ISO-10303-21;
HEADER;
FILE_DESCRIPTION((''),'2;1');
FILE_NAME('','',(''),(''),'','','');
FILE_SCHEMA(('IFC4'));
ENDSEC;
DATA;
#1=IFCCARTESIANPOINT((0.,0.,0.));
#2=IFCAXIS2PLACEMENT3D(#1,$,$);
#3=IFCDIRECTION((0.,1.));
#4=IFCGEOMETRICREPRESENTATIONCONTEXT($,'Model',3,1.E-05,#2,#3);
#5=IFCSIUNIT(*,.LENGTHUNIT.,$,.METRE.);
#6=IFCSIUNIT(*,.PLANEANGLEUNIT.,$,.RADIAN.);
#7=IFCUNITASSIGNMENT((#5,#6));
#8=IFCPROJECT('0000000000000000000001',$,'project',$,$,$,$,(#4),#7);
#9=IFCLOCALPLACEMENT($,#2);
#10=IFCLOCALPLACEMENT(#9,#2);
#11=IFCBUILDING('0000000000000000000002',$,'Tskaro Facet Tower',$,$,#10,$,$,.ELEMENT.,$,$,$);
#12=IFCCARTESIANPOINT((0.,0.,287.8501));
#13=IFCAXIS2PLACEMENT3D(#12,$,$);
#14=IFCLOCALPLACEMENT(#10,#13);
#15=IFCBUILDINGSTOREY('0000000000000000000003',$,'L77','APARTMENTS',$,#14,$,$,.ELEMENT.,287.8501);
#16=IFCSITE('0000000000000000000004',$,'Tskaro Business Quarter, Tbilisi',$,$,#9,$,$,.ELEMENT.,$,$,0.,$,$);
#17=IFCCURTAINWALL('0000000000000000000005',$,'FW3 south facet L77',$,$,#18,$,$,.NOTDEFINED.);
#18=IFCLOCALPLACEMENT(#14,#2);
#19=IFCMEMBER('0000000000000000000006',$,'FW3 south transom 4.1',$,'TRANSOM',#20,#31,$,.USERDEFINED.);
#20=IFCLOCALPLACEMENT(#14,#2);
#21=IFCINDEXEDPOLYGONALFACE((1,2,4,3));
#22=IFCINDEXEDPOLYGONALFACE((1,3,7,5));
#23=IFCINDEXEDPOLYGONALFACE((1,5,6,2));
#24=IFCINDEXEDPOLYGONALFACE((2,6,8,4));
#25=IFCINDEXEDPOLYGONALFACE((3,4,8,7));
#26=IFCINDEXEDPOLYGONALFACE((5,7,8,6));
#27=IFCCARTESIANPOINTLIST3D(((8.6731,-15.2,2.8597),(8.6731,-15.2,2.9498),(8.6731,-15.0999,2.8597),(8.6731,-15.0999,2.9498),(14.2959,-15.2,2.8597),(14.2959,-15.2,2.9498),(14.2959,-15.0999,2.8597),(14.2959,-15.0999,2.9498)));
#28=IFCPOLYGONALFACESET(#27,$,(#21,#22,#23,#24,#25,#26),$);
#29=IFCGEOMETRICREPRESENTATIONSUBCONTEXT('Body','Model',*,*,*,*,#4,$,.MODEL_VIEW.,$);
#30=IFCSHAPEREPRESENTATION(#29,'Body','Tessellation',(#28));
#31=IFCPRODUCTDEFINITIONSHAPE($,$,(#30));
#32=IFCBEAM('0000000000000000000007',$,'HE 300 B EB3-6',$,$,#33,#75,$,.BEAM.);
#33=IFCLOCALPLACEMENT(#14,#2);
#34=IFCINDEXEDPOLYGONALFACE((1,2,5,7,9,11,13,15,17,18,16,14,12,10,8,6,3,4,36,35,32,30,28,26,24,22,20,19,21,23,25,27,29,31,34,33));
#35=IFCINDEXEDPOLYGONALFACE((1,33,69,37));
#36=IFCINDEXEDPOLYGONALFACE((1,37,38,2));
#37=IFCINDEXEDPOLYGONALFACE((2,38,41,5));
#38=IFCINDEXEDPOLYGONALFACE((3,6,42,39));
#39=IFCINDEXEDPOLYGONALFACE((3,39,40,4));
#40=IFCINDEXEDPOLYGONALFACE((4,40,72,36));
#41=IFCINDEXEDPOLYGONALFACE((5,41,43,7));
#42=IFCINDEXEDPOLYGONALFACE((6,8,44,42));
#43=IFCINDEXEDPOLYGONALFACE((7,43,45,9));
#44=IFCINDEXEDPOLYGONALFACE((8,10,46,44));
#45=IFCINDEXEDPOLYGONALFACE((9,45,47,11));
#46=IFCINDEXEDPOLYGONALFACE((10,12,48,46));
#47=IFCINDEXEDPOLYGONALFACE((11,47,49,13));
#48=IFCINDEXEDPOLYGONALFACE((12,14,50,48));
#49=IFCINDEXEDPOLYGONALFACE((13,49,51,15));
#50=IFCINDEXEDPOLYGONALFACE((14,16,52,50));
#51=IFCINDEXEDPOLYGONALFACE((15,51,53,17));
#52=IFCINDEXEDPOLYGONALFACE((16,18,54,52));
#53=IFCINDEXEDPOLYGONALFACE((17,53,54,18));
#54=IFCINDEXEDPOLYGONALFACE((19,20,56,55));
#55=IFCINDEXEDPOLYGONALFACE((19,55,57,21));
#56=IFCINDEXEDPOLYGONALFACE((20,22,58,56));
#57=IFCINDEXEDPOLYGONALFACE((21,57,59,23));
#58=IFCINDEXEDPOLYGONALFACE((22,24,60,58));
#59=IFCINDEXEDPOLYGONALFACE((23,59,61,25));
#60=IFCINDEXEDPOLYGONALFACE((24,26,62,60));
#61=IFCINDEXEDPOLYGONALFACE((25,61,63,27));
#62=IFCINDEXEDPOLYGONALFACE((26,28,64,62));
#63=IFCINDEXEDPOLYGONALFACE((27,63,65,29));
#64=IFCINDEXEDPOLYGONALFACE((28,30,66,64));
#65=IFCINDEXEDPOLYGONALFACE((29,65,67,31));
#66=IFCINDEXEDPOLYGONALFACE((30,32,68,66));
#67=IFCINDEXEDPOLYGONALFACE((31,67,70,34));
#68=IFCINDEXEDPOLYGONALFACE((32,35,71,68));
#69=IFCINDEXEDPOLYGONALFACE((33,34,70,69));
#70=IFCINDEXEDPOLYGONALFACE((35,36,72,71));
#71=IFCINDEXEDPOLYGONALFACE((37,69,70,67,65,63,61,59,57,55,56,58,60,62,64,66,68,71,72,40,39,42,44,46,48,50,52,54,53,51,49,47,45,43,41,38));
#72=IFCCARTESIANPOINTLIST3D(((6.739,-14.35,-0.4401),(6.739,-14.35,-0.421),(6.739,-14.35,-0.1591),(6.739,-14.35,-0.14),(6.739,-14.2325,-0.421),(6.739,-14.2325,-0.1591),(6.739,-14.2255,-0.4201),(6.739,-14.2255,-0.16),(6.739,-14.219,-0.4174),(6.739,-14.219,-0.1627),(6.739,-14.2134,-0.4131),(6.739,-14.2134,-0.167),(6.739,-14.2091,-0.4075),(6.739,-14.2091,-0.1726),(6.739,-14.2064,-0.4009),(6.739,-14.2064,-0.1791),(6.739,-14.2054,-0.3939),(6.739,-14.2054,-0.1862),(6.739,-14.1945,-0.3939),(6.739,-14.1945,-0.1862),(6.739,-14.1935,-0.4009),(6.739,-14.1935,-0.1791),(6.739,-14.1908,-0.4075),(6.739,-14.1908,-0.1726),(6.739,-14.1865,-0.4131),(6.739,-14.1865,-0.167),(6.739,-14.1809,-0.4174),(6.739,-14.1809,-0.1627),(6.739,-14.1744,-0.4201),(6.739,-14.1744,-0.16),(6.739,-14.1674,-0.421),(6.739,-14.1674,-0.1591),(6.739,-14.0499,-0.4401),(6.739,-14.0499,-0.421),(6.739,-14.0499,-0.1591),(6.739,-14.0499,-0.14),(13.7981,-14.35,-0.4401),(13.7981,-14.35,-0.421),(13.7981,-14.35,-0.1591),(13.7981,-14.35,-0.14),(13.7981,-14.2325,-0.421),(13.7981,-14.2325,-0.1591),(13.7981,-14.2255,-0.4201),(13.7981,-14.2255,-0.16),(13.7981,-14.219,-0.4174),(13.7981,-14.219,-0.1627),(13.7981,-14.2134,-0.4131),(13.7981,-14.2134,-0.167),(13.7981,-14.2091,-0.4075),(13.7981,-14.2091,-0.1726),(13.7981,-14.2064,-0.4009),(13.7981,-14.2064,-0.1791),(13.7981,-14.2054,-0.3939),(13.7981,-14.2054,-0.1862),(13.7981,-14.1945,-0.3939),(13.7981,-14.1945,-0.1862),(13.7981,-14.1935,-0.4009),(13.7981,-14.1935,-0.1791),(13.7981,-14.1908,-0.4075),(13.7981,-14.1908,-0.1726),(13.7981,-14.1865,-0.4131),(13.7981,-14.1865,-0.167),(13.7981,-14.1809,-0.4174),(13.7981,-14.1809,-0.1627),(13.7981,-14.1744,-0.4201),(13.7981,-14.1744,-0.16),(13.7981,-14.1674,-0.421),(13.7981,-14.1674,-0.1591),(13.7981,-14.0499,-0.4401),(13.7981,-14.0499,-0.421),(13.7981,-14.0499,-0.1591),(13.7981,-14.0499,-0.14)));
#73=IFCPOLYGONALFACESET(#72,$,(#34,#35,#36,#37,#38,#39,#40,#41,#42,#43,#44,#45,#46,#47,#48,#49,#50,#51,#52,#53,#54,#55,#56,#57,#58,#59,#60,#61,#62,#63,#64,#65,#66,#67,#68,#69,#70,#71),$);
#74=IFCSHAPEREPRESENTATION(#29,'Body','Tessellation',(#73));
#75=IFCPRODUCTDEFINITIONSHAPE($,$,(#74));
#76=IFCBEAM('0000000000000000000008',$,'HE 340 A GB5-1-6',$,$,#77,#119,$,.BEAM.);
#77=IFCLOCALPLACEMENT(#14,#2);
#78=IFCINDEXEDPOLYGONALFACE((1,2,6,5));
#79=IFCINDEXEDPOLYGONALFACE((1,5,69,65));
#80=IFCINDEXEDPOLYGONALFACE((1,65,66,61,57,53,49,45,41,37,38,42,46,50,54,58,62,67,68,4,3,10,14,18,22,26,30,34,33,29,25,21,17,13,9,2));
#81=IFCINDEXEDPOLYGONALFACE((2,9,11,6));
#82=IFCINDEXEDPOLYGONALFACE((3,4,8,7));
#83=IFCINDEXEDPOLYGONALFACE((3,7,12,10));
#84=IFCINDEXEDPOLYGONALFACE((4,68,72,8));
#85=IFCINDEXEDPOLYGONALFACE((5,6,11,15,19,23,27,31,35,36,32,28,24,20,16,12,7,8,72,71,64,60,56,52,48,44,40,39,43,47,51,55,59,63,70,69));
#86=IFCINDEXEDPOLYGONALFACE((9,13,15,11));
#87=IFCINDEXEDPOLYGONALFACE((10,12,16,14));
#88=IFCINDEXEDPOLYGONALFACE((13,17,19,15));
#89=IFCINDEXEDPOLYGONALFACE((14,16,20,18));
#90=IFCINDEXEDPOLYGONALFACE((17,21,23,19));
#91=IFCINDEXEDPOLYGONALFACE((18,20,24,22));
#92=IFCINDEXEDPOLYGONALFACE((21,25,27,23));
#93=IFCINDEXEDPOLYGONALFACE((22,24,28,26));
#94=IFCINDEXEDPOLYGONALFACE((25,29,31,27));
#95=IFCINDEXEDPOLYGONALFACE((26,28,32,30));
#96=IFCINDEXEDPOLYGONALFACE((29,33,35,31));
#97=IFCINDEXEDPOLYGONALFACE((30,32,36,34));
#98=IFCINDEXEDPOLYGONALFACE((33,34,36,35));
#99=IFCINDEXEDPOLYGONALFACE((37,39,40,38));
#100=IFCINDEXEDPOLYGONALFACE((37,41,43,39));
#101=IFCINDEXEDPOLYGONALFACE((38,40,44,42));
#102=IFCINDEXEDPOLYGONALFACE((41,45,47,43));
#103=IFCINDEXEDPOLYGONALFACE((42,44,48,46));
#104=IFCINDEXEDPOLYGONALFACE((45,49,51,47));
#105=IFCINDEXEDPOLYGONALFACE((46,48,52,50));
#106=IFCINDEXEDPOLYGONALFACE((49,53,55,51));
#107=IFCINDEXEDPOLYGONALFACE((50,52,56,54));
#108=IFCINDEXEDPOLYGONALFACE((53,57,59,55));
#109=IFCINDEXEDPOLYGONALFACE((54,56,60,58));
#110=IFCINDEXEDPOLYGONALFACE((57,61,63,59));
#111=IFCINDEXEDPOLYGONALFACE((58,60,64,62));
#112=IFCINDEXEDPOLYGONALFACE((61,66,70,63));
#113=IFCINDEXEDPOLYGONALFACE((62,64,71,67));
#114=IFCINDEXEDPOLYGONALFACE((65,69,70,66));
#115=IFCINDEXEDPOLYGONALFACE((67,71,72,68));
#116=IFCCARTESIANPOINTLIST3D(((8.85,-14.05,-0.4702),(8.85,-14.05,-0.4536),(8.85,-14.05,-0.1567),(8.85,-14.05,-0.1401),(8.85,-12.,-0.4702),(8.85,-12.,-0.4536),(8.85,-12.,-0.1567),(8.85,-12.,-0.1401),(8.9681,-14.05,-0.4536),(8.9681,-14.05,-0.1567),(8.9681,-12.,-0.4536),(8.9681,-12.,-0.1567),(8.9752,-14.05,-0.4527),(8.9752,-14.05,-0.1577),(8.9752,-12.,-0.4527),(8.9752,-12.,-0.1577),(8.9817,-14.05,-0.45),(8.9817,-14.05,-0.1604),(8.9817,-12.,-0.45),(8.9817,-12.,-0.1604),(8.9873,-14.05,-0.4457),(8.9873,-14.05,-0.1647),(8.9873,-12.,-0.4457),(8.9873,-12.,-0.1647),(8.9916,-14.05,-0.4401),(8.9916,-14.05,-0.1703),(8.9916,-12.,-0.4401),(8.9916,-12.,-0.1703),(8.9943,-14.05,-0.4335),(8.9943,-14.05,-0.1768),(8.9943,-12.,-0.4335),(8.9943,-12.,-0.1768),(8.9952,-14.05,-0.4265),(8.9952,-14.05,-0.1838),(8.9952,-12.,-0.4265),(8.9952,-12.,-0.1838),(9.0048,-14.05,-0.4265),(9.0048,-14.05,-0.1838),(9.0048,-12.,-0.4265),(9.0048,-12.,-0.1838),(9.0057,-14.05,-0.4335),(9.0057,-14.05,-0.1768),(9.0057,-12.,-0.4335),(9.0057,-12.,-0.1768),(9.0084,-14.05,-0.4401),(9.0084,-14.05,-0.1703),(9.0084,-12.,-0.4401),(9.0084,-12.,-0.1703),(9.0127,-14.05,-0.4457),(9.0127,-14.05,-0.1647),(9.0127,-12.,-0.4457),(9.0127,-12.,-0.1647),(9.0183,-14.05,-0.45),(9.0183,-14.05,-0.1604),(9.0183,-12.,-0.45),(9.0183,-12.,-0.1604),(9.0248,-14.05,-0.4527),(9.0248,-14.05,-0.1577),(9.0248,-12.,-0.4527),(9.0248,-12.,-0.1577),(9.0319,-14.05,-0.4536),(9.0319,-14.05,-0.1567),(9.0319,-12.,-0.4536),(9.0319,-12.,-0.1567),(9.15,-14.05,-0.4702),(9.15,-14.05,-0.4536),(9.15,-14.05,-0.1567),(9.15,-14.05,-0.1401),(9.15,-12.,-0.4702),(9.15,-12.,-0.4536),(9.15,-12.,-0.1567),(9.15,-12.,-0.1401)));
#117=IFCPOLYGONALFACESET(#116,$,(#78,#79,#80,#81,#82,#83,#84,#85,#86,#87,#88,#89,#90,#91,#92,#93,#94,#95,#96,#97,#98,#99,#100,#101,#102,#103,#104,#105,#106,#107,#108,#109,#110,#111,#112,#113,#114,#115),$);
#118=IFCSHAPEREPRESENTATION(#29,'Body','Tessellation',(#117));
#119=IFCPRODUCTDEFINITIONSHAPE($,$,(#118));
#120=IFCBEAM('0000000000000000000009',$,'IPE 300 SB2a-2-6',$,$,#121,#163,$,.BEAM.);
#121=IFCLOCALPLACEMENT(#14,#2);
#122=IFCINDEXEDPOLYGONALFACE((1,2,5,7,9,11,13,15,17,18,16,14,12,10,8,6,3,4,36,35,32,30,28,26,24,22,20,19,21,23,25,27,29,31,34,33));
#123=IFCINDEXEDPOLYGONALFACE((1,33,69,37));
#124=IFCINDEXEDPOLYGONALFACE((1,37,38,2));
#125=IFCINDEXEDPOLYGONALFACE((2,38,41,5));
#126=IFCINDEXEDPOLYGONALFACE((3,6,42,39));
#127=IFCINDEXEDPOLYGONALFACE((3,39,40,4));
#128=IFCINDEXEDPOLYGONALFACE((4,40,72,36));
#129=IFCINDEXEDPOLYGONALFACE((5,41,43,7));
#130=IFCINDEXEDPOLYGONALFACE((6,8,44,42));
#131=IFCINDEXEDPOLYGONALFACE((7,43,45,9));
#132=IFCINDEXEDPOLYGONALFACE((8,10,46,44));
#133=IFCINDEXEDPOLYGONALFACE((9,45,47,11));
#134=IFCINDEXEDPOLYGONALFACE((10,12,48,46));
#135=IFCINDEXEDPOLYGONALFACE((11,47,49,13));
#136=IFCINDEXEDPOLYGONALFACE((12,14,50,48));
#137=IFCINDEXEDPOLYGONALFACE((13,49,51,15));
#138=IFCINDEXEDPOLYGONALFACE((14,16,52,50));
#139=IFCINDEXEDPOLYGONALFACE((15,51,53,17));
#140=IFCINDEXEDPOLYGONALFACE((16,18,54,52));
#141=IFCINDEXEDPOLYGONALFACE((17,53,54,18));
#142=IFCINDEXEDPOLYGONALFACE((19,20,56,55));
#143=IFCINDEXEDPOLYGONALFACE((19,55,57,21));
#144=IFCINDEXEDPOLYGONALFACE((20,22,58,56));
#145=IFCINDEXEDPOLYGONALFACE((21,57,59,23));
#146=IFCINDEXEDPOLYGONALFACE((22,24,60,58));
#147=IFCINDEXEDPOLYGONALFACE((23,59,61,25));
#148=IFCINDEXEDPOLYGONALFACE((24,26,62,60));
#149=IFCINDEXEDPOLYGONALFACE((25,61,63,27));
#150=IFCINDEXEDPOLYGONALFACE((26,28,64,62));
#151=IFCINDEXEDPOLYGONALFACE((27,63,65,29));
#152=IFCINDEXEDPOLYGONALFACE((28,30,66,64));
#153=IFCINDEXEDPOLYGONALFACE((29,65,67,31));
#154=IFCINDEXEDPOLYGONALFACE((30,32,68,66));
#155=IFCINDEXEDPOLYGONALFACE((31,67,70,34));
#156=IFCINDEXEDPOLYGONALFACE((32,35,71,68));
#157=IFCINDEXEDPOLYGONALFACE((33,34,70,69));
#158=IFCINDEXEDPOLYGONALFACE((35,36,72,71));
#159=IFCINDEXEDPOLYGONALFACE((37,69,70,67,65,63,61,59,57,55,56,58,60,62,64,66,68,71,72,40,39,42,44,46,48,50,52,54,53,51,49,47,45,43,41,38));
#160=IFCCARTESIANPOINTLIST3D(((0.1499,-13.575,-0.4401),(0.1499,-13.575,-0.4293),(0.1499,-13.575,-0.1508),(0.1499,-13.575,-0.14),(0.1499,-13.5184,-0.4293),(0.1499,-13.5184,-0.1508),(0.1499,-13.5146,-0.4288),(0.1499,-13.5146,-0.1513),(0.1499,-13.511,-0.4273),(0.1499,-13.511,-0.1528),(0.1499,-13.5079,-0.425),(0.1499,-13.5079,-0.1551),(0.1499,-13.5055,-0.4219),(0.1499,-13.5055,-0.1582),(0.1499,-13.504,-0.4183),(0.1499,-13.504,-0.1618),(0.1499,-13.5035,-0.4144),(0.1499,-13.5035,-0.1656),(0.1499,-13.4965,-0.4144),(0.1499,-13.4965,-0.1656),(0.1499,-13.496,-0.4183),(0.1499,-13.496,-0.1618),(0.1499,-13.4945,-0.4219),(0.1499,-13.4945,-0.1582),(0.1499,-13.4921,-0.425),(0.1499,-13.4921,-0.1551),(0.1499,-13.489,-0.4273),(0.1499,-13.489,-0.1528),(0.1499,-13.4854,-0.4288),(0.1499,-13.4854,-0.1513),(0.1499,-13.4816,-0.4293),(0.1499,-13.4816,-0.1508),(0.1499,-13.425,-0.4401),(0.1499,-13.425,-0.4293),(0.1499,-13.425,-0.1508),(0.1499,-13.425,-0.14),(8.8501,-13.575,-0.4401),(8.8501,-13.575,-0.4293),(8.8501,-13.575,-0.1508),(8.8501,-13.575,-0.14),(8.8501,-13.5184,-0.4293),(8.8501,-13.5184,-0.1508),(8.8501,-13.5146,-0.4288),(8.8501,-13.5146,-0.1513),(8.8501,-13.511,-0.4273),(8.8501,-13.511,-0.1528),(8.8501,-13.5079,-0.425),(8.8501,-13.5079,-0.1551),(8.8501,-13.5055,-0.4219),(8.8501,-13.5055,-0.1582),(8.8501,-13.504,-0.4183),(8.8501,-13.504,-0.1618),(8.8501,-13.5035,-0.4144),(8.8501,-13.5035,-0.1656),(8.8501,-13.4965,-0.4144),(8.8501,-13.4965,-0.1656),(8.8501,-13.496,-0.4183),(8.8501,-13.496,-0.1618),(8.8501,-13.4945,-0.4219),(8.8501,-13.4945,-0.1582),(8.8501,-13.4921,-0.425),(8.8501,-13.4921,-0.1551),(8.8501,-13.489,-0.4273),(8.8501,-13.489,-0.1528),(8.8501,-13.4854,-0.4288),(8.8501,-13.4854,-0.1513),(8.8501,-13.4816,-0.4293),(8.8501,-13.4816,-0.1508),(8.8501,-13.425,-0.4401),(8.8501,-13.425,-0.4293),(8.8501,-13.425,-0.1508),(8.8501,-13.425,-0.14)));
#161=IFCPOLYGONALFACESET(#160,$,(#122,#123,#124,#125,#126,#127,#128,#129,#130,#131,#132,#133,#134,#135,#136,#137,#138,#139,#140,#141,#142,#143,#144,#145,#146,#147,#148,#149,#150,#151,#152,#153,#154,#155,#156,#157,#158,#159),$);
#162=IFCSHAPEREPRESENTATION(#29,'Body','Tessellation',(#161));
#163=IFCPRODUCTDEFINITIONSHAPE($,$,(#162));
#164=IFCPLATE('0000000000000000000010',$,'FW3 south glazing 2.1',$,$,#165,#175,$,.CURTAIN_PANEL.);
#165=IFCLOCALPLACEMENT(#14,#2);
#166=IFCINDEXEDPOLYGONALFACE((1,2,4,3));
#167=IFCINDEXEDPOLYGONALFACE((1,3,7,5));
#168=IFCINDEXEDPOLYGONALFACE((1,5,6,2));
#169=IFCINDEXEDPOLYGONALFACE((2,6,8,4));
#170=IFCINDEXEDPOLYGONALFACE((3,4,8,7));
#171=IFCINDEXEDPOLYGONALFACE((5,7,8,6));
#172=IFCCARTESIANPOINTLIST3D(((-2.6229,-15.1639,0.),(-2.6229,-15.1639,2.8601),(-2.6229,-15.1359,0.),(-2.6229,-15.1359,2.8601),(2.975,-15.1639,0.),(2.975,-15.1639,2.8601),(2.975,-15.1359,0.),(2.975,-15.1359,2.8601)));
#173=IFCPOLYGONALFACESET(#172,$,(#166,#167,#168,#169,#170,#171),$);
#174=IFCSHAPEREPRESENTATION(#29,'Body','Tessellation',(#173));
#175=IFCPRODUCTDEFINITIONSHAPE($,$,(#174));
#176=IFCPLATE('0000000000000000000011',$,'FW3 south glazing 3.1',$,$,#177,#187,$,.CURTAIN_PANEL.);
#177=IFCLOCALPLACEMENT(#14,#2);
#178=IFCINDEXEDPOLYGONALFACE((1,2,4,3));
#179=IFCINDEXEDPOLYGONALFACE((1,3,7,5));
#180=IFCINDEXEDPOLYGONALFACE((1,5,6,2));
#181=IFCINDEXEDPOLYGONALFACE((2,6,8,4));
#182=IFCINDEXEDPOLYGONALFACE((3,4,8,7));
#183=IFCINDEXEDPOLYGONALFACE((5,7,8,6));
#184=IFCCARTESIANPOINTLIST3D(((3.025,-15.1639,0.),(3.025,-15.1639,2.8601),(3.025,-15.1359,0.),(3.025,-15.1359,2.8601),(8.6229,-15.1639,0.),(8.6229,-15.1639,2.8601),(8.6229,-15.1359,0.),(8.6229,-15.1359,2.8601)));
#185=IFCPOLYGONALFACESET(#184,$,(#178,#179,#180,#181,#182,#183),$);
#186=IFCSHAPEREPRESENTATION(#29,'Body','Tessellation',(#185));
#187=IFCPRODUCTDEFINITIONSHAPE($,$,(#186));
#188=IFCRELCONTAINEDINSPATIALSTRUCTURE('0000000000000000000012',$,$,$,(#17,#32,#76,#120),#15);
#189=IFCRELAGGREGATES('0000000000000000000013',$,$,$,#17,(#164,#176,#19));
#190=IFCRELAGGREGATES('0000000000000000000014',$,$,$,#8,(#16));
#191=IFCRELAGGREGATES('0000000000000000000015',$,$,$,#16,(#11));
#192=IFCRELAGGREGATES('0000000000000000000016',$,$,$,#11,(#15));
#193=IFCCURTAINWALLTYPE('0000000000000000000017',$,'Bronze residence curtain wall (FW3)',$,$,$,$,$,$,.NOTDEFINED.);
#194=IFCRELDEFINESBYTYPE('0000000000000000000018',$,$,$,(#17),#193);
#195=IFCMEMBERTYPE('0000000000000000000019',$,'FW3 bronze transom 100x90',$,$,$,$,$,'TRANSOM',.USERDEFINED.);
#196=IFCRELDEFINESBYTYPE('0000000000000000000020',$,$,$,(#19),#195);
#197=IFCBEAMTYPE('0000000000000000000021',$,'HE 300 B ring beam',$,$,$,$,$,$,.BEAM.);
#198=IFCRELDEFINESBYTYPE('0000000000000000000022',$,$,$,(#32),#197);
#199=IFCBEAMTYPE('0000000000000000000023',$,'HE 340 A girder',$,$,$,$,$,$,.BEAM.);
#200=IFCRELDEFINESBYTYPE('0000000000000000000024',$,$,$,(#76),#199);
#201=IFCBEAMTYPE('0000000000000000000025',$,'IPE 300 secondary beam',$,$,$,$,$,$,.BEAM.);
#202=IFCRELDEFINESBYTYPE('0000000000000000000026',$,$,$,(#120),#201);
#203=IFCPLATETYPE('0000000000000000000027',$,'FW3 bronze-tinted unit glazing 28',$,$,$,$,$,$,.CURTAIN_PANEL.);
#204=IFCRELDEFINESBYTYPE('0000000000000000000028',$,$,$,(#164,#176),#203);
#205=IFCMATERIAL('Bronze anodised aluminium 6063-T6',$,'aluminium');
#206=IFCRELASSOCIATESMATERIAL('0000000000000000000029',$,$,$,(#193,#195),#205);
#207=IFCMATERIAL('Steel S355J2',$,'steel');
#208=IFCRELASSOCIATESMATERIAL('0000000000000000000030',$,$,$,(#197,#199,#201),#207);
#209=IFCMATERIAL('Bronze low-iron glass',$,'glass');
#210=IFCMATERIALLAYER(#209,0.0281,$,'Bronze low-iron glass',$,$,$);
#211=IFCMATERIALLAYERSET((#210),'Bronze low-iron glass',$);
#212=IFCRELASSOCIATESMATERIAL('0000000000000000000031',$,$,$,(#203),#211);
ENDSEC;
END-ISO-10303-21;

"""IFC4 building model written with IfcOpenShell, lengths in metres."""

from ifc_helpers import new_model, si_unit, direction, frame, origin, origin_2d, place, context, subcontext, project, spatial, rectangle, i_section, extrude, material, layer, layer_set, material_profile, profile_set, type_object, element, aggregate, save


model = new_model("IFC4")

# Units and contexts
model_context = context("Model", 3, precision=1e-05, world=origin(), true_north=direction((0.0, 1.0)))
body_context = subcontext(model_context, "Body", "Model", "MODEL_VIEW")
ifc_project = project(units=[si_unit("LENGTHUNIT", "METRE"), si_unit("PLANEANGLEUNIT", "RADIAN")], contexts=[model_context])

# Site, building, storey
site_placement = place(None, origin())
site = spatial("IfcSite", under=ifc_project, at=site_placement, Name="Tskaro Business Quarter, Tbilisi", CompositionType="ELEMENT", RefElevation=0.0)
building_placement = place(site_placement, origin())
building = spatial("IfcBuilding", under=site, at=building_placement, Name="Tskaro Facet Tower", CompositionType="ELEMENT")
storey_placement = place(building_placement, frame((0.0, 0.0, 287.8501)))
storey = spatial("IfcBuildingStorey", under=building, at=storey_placement, Name="L77", Description="APARTMENTS", CompositionType="ELEMENT", Elevation=287.8501)

# Shared definitions
ifc_material_1 = material(Name="Steel S355J2", Category="steel")

# Curtain wall, member
ifc_material_2 = material(Name="Bronze anodised aluminium 6063-T6", Category="aluminium")
curtain_wall_type = type_object("IfcCurtainWallType", Name="Bronze residence curtain wall (FW3)", PredefinedType="NOTDEFINED", material=ifc_material_2)
curtain_wall_placement = place(storey_placement, origin())
curtain_wall = element("IfcCurtainWall", 1, at=curtain_wall_placement, inside=storey, type_object=curtain_wall_type, Name="FW3 south facet L77", PredefinedType="NOTDEFINED")
ifc_material_profile_1 = material_profile(ifc_material_2, rectangle(XDim=0.1001, YDim=0.0901, at=origin_2d()), Name="Transom 100x90")
ifc_profile_set_1 = profile_set([ifc_material_profile_1], Name="Bronze anodised aluminium 6063-T6")
member_type_1 = type_object("IfcMemberType", Name="FW3 bronze transom 100x90", ElementType="TRANSOM", PredefinedType="USERDEFINED", material=ifc_profile_set_1)
member_1_placement = place(storey_placement, frame((8.6731, -15.1499, 2.9048), z_axis=(1.0, 0.0, 0.0), x_axis=(0.0, 1.0, 0.0)))
member_1 = element("IfcMember", 2, at=member_1_placement, type_object=member_type_1, Name="FW3 south transom 4.1", ObjectType="TRANSOM", PredefinedType="USERDEFINED", context=body_context, shape_type="SweptSolid", body=[
    extrude(rectangle(XDim=0.1001, YDim=0.0901, at=origin_2d()), origin(), (0.0, 0.0, 1.0), 5.6228),
])

# Beams
ifc_material_profile_2 = material_profile(ifc_material_1, i_section(OverallWidth=0.3, OverallDepth=0.3, WebThickness=0.011, FlangeThickness=0.019, FilletRadius=0.0271, at=origin_2d()), Name="HE 300 B")
ifc_profile_set_2 = profile_set([ifc_material_profile_2], Name="Steel S355J2")
beam_type_1 = type_object("IfcBeamType", Name="HE 300 B ring beam", PredefinedType="BEAM", material=ifc_profile_set_2)
beam_1_placement = place(storey_placement, frame((6.739, -14.2, -0.29), z_axis=(1.0, 0.0, 0.0), x_axis=(0.0, 1.0, 0.0)))
element("IfcBeam", 3, at=beam_1_placement, inside=storey, type_object=beam_type_1, Name="HE 300 B EB3-6", PredefinedType="BEAM", context=body_context, shape_type="SweptSolid", body=[
    extrude(i_section(OverallWidth=0.3, OverallDepth=0.3, WebThickness=0.011, FlangeThickness=0.019, FilletRadius=0.0271, at=origin_2d()), origin(), (0.0, 0.0, 1.0), 7.0591),
])
ifc_material_profile_3 = material_profile(ifc_material_1, i_section(OverallWidth=0.3, OverallDepth=0.3301, WebThickness=0.0095, FlangeThickness=0.0166, FilletRadius=0.0271, at=origin_2d()), Name="HE 340 A")
ifc_profile_set_3 = profile_set([ifc_material_profile_3], Name="Steel S355J2")
beam_type_2 = type_object("IfcBeamType", Name="HE 340 A girder", PredefinedType="BEAM", material=ifc_profile_set_3)
beam_2_placement = place(storey_placement, frame((9.0, -14.05, -0.3052), z_axis=(0.0, 1.0, 0.0), x_axis=(-1.0, 0.0, 0.0)))
element("IfcBeam", 4, at=beam_2_placement, inside=storey, type_object=beam_type_2, Name="HE 340 A GB5-1-6", PredefinedType="BEAM", context=body_context, shape_type="SweptSolid", body=[
    extrude(i_section(OverallWidth=0.3, OverallDepth=0.3301, WebThickness=0.0095, FlangeThickness=0.0166, FilletRadius=0.0271, at=origin_2d()), origin(), (0.0, 0.0, 1.0), 2.05),
])
ifc_material_profile_4 = material_profile(ifc_material_1, i_section(OverallWidth=0.1499, OverallDepth=0.3, WebThickness=0.0071, FlangeThickness=0.0107, FilletRadius=0.0149, at=origin_2d()), Name="IPE 300")
ifc_profile_set_4 = profile_set([ifc_material_profile_4], Name="Steel S355J2")
beam_type_3 = type_object("IfcBeamType", Name="IPE 300 secondary beam", PredefinedType="BEAM", material=ifc_profile_set_4)
beam_3_placement = place(storey_placement, frame((0.1499, -13.5, -0.29), z_axis=(1.0, 0.0, 0.0), x_axis=(0.0, 1.0, 0.0)))
element("IfcBeam", 5, at=beam_3_placement, inside=storey, type_object=beam_type_3, Name="IPE 300 SB2a-2-6", PredefinedType="BEAM", context=body_context, shape_type="SweptSolid", body=[
    extrude(i_section(OverallWidth=0.1499, OverallDepth=0.3, WebThickness=0.0071, FlangeThickness=0.0107, FilletRadius=0.0149, at=origin_2d()), origin(), (0.0, 0.0, 1.0), 8.7002),
])

# Plates
ifc_material_3 = material(Name="Bronze low-iron glass", Category="glass")
ifc_layer_1 = layer(ifc_material_3, 0.0281, Name="Bronze low-iron glass")
ifc_layer_set_1 = layer_set([ifc_layer_1], Name="Bronze low-iron glass")
plate_type = type_object("IfcPlateType", Name="FW3 bronze-tinted unit glazing 28", PredefinedType="CURTAIN_PANEL", material=ifc_layer_set_1)
plate_1_placement = place(storey_placement, frame((0.176, -15.1499, 0.0), z_axis=(0.0, 0.0, 1.0), x_axis=(1.0, 0.0, 0.0)))
plate_1 = element("IfcPlate", 6, at=plate_1_placement, type_object=plate_type, Name="FW3 south glazing 2.1", PredefinedType="CURTAIN_PANEL", context=body_context, shape_type="SweptSolid", body=[
    extrude(rectangle(XDim=5.5979, YDim=0.0281, at=origin_2d()), origin(), (0.0, 0.0, 1.0), 2.8601),
])
plate_2_placement = place(storey_placement, frame((5.824, -15.1499, 0.0), z_axis=(0.0, 0.0, 1.0), x_axis=(1.0, 0.0, 0.0)))
plate_2 = element("IfcPlate", 7, at=plate_2_placement, type_object=plate_type, Name="FW3 south glazing 3.1", PredefinedType="CURTAIN_PANEL", context=body_context, shape_type="SweptSolid", body=[
    extrude(rectangle(XDim=5.5979, YDim=0.0281, at=origin_2d()), origin(), (0.0, 0.0, 1.0), 2.8601),
])
aggregate(curtain_wall, [plate_1, plate_2, member_1])

save(model, "model.ifc")
